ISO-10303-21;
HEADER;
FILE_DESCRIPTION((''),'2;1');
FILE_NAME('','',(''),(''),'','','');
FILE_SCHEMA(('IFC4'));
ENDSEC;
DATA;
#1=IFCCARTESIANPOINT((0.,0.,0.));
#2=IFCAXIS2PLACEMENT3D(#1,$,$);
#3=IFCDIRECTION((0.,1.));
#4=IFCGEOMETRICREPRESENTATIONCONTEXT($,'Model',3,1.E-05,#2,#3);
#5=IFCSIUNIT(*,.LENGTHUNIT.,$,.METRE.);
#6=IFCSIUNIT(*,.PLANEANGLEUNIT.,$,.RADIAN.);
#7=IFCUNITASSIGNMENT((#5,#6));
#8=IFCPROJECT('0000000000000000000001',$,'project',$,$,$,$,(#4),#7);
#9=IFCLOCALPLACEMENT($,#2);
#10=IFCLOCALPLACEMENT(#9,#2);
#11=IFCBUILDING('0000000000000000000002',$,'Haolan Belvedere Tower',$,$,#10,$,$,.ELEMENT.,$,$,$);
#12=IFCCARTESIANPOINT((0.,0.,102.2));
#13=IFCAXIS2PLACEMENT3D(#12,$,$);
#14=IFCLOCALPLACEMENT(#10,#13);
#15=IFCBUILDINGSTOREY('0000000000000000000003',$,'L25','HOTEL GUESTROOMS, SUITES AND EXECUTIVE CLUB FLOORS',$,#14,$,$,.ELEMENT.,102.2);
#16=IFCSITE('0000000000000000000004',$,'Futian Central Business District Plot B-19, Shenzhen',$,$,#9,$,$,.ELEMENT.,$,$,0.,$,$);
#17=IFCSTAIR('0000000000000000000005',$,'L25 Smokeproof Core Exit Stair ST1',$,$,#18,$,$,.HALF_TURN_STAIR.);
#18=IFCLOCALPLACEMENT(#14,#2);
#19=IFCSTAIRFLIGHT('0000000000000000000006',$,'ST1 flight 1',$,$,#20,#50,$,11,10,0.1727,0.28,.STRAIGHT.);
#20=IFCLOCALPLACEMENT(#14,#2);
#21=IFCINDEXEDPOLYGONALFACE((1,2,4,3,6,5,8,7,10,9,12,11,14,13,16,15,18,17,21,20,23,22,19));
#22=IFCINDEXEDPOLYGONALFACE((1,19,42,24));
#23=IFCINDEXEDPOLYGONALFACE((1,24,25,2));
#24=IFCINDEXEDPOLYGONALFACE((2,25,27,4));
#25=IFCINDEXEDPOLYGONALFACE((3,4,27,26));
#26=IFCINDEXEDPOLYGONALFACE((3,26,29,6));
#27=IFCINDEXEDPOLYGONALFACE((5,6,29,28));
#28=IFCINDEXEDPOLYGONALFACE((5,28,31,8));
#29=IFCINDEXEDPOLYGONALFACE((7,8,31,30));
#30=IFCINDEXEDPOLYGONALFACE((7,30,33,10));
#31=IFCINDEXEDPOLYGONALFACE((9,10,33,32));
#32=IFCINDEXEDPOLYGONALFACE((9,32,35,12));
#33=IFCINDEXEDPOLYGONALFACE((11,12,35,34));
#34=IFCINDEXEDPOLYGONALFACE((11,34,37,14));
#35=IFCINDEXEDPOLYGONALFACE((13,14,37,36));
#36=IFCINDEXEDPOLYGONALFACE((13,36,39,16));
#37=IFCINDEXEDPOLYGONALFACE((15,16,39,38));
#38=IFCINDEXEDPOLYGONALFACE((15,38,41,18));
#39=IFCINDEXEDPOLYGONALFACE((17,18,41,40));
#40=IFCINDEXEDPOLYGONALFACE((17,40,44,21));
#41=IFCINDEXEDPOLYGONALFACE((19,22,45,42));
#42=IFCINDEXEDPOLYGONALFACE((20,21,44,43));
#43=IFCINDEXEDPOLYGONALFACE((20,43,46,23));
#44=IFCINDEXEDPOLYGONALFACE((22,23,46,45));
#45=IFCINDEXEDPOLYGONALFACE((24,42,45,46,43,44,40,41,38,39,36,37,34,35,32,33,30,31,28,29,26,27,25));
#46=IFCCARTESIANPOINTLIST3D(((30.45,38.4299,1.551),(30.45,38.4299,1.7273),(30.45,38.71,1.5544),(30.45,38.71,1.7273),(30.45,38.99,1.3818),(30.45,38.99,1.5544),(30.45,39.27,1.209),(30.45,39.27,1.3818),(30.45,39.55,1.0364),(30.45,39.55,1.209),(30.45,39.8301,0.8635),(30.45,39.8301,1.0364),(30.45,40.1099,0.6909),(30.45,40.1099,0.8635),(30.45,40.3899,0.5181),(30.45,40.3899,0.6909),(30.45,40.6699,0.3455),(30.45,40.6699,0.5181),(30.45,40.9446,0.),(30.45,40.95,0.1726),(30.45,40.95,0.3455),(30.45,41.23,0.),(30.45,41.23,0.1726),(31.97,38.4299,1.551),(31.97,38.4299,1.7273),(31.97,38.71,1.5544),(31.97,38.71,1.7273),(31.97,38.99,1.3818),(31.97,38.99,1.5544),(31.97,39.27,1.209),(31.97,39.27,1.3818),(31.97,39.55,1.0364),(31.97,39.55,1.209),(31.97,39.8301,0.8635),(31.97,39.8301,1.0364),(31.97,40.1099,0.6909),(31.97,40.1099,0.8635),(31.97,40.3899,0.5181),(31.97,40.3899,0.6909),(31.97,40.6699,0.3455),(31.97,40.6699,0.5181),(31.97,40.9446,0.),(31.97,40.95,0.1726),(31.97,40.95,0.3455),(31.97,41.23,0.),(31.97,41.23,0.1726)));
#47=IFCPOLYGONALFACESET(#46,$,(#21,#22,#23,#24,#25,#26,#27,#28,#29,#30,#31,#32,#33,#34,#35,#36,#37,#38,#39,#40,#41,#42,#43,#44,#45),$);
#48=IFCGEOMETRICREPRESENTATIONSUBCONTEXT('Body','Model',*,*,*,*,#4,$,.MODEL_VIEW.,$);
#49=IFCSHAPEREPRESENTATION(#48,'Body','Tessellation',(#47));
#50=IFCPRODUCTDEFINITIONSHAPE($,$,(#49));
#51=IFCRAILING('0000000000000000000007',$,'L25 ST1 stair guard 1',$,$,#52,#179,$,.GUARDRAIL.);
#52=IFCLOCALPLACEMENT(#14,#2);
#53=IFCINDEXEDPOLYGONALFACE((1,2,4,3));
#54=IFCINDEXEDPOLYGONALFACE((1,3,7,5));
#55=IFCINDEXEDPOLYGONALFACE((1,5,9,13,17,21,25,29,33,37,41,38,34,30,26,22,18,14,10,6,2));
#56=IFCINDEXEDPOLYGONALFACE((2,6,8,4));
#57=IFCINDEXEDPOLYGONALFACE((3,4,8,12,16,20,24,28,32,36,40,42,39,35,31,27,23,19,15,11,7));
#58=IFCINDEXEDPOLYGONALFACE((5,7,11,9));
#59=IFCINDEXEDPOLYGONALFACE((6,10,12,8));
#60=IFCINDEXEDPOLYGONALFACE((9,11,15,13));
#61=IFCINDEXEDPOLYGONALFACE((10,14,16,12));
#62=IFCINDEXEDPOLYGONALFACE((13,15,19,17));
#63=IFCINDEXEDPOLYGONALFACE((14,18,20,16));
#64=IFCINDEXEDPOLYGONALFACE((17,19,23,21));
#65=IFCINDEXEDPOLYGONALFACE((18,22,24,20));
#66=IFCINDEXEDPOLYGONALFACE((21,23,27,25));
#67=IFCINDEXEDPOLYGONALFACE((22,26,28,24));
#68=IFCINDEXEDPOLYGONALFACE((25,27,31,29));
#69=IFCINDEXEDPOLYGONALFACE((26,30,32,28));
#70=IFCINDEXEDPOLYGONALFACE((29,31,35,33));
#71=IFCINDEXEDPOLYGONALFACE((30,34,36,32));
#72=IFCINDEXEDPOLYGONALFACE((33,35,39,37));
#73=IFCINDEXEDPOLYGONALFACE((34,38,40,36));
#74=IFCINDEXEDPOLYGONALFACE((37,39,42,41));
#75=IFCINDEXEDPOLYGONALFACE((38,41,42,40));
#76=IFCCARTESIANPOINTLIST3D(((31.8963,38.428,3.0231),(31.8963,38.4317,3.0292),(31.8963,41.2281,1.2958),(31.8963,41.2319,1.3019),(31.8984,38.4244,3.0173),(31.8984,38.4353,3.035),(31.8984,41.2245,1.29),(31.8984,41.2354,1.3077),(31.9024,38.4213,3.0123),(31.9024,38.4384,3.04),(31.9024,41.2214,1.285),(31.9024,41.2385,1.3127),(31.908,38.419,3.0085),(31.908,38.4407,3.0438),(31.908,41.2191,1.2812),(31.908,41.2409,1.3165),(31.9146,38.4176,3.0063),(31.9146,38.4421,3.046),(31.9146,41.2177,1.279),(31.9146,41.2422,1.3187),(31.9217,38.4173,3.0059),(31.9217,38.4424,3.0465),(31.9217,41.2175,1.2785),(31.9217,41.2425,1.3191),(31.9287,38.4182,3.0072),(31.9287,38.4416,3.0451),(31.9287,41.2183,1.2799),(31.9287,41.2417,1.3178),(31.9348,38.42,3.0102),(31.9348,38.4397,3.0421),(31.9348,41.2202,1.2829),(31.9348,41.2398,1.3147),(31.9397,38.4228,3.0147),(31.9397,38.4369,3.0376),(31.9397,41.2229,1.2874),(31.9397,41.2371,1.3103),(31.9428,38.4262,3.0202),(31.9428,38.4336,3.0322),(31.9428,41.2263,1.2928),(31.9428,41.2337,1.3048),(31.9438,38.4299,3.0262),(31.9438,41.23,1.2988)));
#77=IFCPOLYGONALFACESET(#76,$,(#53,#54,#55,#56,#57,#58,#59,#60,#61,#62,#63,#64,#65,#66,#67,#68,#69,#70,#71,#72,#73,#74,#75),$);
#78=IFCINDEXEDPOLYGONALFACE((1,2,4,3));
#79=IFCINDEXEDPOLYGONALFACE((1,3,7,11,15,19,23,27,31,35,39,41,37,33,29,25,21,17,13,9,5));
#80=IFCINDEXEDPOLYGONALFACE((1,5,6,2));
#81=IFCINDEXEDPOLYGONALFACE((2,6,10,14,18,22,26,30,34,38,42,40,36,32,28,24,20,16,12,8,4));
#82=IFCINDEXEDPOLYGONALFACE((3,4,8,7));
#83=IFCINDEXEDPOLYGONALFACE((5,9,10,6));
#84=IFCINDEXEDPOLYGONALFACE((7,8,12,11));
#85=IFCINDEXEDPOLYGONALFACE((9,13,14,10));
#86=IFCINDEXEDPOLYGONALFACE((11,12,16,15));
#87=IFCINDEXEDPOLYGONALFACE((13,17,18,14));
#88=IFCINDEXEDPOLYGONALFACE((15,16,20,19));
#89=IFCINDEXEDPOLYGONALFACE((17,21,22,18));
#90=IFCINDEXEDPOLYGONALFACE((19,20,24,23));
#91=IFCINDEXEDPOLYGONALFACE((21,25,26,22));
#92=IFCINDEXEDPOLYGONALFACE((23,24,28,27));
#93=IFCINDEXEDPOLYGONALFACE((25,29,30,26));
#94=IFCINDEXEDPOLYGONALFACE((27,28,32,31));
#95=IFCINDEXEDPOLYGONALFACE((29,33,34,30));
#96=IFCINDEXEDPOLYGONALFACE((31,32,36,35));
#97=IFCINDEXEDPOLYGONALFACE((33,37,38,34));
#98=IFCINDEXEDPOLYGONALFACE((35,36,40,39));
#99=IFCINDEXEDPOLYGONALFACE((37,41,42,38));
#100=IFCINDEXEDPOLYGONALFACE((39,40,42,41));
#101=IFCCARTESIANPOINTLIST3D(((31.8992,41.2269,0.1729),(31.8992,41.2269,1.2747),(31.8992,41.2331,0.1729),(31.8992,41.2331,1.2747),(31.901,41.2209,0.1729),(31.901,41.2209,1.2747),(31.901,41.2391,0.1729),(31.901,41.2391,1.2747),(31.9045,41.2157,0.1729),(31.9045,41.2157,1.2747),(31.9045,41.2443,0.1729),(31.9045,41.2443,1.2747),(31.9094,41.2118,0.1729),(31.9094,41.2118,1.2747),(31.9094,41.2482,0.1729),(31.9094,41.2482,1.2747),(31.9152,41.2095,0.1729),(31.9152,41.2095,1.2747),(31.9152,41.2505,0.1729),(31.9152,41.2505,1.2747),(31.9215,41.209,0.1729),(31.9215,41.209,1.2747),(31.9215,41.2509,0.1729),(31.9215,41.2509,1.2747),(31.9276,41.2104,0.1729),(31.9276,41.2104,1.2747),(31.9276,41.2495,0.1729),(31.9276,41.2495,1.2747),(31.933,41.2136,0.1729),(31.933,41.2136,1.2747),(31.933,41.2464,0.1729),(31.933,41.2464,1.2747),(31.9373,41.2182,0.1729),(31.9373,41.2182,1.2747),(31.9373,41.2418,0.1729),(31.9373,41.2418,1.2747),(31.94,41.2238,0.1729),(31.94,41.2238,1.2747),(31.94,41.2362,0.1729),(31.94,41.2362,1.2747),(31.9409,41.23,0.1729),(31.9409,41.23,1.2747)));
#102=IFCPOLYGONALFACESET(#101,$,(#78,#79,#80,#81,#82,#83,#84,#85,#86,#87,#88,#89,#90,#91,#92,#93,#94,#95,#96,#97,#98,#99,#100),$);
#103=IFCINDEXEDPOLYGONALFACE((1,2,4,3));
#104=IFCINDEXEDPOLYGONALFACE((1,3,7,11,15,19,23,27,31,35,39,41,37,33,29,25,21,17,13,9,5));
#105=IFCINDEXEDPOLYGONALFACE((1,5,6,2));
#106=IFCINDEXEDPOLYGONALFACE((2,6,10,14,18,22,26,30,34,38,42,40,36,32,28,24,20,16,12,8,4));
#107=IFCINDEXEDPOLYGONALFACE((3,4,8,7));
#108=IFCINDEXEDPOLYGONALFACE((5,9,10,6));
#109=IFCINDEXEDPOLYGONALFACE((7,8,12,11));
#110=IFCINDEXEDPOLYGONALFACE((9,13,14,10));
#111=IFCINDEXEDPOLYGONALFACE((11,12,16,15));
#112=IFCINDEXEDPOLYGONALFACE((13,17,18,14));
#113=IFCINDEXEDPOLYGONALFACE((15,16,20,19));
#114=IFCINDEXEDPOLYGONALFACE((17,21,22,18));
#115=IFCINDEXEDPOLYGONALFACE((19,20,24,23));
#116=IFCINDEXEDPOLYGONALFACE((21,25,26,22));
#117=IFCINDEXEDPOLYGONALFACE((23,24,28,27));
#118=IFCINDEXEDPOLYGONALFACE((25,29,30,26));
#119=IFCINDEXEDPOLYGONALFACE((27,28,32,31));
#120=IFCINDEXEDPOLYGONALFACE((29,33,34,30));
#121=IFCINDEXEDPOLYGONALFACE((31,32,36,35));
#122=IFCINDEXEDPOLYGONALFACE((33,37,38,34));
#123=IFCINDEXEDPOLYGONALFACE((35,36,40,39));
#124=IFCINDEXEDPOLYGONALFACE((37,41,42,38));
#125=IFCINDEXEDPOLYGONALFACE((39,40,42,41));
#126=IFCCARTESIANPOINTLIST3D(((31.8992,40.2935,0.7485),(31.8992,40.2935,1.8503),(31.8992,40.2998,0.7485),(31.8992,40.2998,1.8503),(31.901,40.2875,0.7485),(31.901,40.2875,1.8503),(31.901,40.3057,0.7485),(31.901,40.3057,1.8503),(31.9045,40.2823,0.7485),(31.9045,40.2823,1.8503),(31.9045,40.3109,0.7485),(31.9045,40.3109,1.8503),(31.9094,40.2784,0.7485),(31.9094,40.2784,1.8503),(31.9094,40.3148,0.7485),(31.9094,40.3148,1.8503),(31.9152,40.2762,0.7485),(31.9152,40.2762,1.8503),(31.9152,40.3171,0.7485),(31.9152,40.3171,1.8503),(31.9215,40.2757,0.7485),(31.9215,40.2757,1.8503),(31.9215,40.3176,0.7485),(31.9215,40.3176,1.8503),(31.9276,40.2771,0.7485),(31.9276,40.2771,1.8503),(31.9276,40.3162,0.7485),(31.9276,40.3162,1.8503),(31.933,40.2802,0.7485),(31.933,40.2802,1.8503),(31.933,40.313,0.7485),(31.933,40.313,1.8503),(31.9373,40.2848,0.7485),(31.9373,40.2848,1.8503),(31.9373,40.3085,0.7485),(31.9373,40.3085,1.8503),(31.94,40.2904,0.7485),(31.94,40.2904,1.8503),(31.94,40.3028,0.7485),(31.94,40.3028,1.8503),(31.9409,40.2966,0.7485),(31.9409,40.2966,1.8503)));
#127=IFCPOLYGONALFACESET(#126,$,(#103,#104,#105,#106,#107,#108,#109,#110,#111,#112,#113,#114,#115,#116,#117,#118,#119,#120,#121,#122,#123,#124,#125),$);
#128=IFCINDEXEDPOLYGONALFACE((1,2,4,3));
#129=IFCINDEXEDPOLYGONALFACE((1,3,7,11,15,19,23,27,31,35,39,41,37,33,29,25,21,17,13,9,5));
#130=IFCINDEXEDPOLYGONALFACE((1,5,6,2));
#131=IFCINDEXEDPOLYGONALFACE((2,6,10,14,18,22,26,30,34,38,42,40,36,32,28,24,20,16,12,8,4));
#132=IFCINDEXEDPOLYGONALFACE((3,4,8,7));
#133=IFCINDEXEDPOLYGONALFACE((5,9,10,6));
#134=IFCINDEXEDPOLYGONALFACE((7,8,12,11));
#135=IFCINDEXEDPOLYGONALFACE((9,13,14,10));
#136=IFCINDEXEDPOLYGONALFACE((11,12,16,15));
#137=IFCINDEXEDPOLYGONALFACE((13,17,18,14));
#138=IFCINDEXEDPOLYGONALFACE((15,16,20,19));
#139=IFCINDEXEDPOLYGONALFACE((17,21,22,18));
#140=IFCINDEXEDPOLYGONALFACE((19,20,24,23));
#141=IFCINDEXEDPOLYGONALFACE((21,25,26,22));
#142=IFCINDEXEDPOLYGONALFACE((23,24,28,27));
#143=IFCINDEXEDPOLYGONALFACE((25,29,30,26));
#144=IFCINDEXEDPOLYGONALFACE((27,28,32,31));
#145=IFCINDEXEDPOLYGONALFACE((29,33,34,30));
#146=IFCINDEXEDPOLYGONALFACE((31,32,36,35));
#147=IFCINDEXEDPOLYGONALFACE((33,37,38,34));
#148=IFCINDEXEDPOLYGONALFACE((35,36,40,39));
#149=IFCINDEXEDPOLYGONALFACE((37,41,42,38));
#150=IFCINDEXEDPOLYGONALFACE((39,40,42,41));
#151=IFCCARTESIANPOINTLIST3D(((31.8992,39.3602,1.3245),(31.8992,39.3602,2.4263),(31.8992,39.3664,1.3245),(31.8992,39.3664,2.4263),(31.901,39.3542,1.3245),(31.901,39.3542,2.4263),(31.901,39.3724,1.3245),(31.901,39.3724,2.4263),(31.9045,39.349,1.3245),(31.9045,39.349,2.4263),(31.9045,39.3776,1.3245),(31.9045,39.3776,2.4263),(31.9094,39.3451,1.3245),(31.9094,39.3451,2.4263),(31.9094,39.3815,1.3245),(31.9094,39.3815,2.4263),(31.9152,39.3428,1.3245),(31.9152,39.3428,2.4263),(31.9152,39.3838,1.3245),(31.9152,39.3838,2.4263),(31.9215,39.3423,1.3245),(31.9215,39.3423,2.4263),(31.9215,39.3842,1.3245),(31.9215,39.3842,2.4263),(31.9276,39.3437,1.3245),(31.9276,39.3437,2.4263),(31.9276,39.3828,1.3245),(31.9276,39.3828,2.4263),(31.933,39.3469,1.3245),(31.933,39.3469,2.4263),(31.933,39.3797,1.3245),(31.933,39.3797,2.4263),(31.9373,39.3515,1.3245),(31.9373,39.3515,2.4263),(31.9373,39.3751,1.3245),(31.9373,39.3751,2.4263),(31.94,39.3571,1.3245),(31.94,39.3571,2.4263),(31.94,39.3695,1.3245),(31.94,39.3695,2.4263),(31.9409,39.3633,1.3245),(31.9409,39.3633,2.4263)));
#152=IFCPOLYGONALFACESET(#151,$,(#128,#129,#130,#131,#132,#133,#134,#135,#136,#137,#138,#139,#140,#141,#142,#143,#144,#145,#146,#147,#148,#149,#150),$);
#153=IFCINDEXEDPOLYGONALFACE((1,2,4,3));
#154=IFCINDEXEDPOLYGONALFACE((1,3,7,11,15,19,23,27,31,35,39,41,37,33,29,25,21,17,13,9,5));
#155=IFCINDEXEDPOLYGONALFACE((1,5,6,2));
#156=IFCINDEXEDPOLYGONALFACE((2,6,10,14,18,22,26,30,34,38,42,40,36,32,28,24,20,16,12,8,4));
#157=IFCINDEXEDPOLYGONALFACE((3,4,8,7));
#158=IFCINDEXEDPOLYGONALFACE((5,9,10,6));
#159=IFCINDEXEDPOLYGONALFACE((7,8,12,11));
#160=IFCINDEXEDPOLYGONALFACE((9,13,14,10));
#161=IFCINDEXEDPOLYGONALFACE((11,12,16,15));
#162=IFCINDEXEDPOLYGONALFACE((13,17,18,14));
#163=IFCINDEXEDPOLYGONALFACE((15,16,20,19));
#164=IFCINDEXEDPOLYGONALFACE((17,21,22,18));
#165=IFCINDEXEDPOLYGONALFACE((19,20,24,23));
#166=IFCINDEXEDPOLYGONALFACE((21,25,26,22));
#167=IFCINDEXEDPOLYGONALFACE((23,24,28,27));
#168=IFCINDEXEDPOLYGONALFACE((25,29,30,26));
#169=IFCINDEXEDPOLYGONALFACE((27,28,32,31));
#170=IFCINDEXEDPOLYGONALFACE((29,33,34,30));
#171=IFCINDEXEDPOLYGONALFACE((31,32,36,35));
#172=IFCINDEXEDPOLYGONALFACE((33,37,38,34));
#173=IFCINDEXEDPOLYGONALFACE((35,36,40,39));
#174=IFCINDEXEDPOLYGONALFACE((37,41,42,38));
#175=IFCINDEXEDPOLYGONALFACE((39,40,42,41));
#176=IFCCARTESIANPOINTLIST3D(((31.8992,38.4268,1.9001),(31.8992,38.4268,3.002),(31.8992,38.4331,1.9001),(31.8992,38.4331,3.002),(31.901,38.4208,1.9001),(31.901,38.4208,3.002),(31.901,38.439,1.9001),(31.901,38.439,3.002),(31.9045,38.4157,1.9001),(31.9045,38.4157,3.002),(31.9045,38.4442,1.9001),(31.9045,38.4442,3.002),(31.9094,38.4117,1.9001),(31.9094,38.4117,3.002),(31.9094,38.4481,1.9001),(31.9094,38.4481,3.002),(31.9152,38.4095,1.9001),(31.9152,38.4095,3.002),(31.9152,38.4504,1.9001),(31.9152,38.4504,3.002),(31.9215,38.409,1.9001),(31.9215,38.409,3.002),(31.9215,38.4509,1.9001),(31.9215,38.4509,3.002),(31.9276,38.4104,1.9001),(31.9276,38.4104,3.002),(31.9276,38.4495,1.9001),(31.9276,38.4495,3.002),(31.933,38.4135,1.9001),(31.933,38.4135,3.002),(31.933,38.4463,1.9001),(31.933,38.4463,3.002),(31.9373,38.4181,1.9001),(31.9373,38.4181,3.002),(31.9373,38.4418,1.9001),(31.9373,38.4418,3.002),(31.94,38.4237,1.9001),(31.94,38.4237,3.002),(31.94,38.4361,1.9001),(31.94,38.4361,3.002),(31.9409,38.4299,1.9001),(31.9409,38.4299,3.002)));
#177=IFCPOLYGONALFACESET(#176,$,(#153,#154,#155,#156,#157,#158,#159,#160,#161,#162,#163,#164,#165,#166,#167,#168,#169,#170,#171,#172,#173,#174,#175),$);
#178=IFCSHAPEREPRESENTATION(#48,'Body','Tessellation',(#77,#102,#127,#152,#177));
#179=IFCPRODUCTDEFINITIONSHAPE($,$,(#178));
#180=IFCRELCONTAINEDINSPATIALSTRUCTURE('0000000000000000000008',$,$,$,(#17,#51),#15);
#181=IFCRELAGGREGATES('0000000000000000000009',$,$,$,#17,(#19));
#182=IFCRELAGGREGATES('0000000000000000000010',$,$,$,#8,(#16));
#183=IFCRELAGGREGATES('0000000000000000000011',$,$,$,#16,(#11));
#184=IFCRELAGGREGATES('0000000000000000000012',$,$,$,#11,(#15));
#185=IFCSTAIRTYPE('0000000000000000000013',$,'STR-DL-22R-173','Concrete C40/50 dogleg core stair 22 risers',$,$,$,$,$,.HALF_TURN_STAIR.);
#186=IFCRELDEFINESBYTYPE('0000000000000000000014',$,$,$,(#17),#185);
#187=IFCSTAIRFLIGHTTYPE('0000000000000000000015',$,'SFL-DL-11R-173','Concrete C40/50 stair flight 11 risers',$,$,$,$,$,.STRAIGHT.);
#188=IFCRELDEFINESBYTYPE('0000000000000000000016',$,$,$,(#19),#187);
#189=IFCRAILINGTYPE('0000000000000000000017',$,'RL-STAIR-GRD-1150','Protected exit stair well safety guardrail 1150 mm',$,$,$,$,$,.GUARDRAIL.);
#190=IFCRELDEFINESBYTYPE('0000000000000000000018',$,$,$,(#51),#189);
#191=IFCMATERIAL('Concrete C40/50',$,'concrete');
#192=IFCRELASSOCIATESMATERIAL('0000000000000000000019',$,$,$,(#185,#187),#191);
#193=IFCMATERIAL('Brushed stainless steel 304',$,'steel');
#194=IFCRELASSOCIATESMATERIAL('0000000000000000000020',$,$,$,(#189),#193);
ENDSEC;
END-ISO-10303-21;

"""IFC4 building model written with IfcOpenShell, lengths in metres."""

from ifc_helpers import new_model, si_unit, direction, frame, origin, origin_2d, place, context, subcontext, project, spatial, polyline, circle, outline, extrude, material, type_object, element, aggregate, save


model = new_model("IFC4")

# Units and contexts
model_context = context("Model", 3, precision=1e-05, world=origin(), true_north=direction((0.0, 1.0)))
body_context = subcontext(model_context, "Body", "Model", "MODEL_VIEW")
ifc_project = project(units=[si_unit("LENGTHUNIT", "METRE"), si_unit("PLANEANGLEUNIT", "RADIAN")], contexts=[model_context])

# Site, building, storey
site_placement = place(None, origin())
site = spatial("IfcSite", under=ifc_project, at=site_placement, Name="Futian Central Business District Plot B-19, Shenzhen", CompositionType="ELEMENT", RefElevation=0.0)
building_placement = place(site_placement, origin())
building = spatial("IfcBuilding", under=site, at=building_placement, Name="Haolan Belvedere Tower", CompositionType="ELEMENT")
storey_placement = place(building_placement, frame((0.0, 0.0, 102.2)))
storey = spatial("IfcBuildingStorey", under=building, at=storey_placement, Name="L25", Description="HOTEL GUESTROOMS, SUITES AND EXECUTIVE CLUB FLOORS", CompositionType="ELEMENT", Elevation=102.2)

# Shared definitions
ifc_material_1 = material(Name="Concrete C40/50", Category="concrete")

# Stair, stair flight
stair_type = type_object("IfcStairType", Name="STR-DL-22R-173", Description="Concrete C40/50 dogleg core stair 22 risers", PredefinedType="HALF_TURN_STAIR", material=ifc_material_1)
stair_placement = place(storey_placement, origin())
stair = element("IfcStair", 1, at=stair_placement, inside=storey, type_object=stair_type, Name="L25 Smokeproof Core Exit Stair ST1", PredefinedType="HALF_TURN_STAIR")
stair_flight_type = type_object("IfcStairFlightType", Name="SFL-DL-11R-173", Description="Concrete C40/50 stair flight 11 risers", PredefinedType="STRAIGHT", material=ifc_material_1)
stair_flight_placement = place(storey_placement, frame((31.21, 41.23, 0.0), z_axis=(0.0, 0.0, 1.0), x_axis=(0.0, -1.0, 0.0)))
stair_flight = element("IfcStairFlight", 2, at=stair_flight_placement, type_object=stair_flight_type, Name="ST1 flight 1", NumberOfRisers=11, NumberOfTreads=10, PredefinedType="STRAIGHT", RiserHeight=0.1727, TreadLength=0.28, context=body_context, shape_type="SweptSolid", body=[
    extrude(outline(polyline([(0.0, 0.0), (0.0, 0.1726), (0.28, 0.1726), (0.28, 0.3455), (0.5601, 0.3455), (0.5601, 0.5181), (0.8401, 0.5181), (0.8401, 0.6909), (1.1201, 0.6909), (1.1201, 0.8635), (1.3999, 0.8635), (1.3999, 1.0364), (1.6799, 1.0364), (1.6799, 1.209), (1.96, 1.209), (1.96, 1.3818), (2.24, 1.3818), (2.24, 1.5544), (2.52, 1.5544), (2.52, 1.7273), (2.8, 1.7273), (2.8, 1.8999), (2.8, 1.551), (0.2854, 0.0), (0.0, 0.0)])), frame((0.0, 0.76, 0.0), z_axis=(0.0, -1.0, 0.0), x_axis=(1.0, 0.0, 0.0)), (0.0, 0.0, 1.0), 1.52),
])
aggregate(stair, [stair_flight])

# Railing
ifc_material_2 = material(Name="Brushed stainless steel 304", Category="steel")
railing_type = type_object("IfcRailingType", Name="RL-STAIR-GRD-1150", Description="Protected exit stair well safety guardrail 1150 mm", PredefinedType="GUARDRAIL", material=ifc_material_2)
railing_1_placement = place(storey_placement, frame((31.9199, 41.23, 0.1729)))
element("IfcRailing", 3, at=railing_1_placement, inside=storey, type_object=railing_type, Name="L25 ST1 stair guard 1", PredefinedType="GUARDRAIL", context=body_context, shape_type="SweptSolid", body=[
    extrude(circle(Radius=0.0239, at=origin_2d()), frame((0.0, 0.0, 1.126), z_axis=(0.0, -0.85109, 0.52502), x_axis=(1.0, 0.0, 0.0)), (0.0, 0.0, 1.0), 3.29),
    extrude(circle(Radius=0.021, at=origin_2d()), origin(), (0.0, 0.0, 1.0), 1.1018),
    extrude(circle(Radius=0.021, at=origin_2d()), frame((0.0, -0.9333, 0.5757)), (0.0, 0.0, 1.0), 1.1018),
    extrude(circle(Radius=0.021, at=origin_2d()), frame((0.0, -1.8667, 1.1516)), (0.0, 0.0, 1.0), 1.1018),
    extrude(circle(Radius=0.021, at=origin_2d()), frame((0.0, -2.8, 1.7273)), (0.0, 0.0, 1.0), 1.1018),
])

save(model, "model.ifc")
